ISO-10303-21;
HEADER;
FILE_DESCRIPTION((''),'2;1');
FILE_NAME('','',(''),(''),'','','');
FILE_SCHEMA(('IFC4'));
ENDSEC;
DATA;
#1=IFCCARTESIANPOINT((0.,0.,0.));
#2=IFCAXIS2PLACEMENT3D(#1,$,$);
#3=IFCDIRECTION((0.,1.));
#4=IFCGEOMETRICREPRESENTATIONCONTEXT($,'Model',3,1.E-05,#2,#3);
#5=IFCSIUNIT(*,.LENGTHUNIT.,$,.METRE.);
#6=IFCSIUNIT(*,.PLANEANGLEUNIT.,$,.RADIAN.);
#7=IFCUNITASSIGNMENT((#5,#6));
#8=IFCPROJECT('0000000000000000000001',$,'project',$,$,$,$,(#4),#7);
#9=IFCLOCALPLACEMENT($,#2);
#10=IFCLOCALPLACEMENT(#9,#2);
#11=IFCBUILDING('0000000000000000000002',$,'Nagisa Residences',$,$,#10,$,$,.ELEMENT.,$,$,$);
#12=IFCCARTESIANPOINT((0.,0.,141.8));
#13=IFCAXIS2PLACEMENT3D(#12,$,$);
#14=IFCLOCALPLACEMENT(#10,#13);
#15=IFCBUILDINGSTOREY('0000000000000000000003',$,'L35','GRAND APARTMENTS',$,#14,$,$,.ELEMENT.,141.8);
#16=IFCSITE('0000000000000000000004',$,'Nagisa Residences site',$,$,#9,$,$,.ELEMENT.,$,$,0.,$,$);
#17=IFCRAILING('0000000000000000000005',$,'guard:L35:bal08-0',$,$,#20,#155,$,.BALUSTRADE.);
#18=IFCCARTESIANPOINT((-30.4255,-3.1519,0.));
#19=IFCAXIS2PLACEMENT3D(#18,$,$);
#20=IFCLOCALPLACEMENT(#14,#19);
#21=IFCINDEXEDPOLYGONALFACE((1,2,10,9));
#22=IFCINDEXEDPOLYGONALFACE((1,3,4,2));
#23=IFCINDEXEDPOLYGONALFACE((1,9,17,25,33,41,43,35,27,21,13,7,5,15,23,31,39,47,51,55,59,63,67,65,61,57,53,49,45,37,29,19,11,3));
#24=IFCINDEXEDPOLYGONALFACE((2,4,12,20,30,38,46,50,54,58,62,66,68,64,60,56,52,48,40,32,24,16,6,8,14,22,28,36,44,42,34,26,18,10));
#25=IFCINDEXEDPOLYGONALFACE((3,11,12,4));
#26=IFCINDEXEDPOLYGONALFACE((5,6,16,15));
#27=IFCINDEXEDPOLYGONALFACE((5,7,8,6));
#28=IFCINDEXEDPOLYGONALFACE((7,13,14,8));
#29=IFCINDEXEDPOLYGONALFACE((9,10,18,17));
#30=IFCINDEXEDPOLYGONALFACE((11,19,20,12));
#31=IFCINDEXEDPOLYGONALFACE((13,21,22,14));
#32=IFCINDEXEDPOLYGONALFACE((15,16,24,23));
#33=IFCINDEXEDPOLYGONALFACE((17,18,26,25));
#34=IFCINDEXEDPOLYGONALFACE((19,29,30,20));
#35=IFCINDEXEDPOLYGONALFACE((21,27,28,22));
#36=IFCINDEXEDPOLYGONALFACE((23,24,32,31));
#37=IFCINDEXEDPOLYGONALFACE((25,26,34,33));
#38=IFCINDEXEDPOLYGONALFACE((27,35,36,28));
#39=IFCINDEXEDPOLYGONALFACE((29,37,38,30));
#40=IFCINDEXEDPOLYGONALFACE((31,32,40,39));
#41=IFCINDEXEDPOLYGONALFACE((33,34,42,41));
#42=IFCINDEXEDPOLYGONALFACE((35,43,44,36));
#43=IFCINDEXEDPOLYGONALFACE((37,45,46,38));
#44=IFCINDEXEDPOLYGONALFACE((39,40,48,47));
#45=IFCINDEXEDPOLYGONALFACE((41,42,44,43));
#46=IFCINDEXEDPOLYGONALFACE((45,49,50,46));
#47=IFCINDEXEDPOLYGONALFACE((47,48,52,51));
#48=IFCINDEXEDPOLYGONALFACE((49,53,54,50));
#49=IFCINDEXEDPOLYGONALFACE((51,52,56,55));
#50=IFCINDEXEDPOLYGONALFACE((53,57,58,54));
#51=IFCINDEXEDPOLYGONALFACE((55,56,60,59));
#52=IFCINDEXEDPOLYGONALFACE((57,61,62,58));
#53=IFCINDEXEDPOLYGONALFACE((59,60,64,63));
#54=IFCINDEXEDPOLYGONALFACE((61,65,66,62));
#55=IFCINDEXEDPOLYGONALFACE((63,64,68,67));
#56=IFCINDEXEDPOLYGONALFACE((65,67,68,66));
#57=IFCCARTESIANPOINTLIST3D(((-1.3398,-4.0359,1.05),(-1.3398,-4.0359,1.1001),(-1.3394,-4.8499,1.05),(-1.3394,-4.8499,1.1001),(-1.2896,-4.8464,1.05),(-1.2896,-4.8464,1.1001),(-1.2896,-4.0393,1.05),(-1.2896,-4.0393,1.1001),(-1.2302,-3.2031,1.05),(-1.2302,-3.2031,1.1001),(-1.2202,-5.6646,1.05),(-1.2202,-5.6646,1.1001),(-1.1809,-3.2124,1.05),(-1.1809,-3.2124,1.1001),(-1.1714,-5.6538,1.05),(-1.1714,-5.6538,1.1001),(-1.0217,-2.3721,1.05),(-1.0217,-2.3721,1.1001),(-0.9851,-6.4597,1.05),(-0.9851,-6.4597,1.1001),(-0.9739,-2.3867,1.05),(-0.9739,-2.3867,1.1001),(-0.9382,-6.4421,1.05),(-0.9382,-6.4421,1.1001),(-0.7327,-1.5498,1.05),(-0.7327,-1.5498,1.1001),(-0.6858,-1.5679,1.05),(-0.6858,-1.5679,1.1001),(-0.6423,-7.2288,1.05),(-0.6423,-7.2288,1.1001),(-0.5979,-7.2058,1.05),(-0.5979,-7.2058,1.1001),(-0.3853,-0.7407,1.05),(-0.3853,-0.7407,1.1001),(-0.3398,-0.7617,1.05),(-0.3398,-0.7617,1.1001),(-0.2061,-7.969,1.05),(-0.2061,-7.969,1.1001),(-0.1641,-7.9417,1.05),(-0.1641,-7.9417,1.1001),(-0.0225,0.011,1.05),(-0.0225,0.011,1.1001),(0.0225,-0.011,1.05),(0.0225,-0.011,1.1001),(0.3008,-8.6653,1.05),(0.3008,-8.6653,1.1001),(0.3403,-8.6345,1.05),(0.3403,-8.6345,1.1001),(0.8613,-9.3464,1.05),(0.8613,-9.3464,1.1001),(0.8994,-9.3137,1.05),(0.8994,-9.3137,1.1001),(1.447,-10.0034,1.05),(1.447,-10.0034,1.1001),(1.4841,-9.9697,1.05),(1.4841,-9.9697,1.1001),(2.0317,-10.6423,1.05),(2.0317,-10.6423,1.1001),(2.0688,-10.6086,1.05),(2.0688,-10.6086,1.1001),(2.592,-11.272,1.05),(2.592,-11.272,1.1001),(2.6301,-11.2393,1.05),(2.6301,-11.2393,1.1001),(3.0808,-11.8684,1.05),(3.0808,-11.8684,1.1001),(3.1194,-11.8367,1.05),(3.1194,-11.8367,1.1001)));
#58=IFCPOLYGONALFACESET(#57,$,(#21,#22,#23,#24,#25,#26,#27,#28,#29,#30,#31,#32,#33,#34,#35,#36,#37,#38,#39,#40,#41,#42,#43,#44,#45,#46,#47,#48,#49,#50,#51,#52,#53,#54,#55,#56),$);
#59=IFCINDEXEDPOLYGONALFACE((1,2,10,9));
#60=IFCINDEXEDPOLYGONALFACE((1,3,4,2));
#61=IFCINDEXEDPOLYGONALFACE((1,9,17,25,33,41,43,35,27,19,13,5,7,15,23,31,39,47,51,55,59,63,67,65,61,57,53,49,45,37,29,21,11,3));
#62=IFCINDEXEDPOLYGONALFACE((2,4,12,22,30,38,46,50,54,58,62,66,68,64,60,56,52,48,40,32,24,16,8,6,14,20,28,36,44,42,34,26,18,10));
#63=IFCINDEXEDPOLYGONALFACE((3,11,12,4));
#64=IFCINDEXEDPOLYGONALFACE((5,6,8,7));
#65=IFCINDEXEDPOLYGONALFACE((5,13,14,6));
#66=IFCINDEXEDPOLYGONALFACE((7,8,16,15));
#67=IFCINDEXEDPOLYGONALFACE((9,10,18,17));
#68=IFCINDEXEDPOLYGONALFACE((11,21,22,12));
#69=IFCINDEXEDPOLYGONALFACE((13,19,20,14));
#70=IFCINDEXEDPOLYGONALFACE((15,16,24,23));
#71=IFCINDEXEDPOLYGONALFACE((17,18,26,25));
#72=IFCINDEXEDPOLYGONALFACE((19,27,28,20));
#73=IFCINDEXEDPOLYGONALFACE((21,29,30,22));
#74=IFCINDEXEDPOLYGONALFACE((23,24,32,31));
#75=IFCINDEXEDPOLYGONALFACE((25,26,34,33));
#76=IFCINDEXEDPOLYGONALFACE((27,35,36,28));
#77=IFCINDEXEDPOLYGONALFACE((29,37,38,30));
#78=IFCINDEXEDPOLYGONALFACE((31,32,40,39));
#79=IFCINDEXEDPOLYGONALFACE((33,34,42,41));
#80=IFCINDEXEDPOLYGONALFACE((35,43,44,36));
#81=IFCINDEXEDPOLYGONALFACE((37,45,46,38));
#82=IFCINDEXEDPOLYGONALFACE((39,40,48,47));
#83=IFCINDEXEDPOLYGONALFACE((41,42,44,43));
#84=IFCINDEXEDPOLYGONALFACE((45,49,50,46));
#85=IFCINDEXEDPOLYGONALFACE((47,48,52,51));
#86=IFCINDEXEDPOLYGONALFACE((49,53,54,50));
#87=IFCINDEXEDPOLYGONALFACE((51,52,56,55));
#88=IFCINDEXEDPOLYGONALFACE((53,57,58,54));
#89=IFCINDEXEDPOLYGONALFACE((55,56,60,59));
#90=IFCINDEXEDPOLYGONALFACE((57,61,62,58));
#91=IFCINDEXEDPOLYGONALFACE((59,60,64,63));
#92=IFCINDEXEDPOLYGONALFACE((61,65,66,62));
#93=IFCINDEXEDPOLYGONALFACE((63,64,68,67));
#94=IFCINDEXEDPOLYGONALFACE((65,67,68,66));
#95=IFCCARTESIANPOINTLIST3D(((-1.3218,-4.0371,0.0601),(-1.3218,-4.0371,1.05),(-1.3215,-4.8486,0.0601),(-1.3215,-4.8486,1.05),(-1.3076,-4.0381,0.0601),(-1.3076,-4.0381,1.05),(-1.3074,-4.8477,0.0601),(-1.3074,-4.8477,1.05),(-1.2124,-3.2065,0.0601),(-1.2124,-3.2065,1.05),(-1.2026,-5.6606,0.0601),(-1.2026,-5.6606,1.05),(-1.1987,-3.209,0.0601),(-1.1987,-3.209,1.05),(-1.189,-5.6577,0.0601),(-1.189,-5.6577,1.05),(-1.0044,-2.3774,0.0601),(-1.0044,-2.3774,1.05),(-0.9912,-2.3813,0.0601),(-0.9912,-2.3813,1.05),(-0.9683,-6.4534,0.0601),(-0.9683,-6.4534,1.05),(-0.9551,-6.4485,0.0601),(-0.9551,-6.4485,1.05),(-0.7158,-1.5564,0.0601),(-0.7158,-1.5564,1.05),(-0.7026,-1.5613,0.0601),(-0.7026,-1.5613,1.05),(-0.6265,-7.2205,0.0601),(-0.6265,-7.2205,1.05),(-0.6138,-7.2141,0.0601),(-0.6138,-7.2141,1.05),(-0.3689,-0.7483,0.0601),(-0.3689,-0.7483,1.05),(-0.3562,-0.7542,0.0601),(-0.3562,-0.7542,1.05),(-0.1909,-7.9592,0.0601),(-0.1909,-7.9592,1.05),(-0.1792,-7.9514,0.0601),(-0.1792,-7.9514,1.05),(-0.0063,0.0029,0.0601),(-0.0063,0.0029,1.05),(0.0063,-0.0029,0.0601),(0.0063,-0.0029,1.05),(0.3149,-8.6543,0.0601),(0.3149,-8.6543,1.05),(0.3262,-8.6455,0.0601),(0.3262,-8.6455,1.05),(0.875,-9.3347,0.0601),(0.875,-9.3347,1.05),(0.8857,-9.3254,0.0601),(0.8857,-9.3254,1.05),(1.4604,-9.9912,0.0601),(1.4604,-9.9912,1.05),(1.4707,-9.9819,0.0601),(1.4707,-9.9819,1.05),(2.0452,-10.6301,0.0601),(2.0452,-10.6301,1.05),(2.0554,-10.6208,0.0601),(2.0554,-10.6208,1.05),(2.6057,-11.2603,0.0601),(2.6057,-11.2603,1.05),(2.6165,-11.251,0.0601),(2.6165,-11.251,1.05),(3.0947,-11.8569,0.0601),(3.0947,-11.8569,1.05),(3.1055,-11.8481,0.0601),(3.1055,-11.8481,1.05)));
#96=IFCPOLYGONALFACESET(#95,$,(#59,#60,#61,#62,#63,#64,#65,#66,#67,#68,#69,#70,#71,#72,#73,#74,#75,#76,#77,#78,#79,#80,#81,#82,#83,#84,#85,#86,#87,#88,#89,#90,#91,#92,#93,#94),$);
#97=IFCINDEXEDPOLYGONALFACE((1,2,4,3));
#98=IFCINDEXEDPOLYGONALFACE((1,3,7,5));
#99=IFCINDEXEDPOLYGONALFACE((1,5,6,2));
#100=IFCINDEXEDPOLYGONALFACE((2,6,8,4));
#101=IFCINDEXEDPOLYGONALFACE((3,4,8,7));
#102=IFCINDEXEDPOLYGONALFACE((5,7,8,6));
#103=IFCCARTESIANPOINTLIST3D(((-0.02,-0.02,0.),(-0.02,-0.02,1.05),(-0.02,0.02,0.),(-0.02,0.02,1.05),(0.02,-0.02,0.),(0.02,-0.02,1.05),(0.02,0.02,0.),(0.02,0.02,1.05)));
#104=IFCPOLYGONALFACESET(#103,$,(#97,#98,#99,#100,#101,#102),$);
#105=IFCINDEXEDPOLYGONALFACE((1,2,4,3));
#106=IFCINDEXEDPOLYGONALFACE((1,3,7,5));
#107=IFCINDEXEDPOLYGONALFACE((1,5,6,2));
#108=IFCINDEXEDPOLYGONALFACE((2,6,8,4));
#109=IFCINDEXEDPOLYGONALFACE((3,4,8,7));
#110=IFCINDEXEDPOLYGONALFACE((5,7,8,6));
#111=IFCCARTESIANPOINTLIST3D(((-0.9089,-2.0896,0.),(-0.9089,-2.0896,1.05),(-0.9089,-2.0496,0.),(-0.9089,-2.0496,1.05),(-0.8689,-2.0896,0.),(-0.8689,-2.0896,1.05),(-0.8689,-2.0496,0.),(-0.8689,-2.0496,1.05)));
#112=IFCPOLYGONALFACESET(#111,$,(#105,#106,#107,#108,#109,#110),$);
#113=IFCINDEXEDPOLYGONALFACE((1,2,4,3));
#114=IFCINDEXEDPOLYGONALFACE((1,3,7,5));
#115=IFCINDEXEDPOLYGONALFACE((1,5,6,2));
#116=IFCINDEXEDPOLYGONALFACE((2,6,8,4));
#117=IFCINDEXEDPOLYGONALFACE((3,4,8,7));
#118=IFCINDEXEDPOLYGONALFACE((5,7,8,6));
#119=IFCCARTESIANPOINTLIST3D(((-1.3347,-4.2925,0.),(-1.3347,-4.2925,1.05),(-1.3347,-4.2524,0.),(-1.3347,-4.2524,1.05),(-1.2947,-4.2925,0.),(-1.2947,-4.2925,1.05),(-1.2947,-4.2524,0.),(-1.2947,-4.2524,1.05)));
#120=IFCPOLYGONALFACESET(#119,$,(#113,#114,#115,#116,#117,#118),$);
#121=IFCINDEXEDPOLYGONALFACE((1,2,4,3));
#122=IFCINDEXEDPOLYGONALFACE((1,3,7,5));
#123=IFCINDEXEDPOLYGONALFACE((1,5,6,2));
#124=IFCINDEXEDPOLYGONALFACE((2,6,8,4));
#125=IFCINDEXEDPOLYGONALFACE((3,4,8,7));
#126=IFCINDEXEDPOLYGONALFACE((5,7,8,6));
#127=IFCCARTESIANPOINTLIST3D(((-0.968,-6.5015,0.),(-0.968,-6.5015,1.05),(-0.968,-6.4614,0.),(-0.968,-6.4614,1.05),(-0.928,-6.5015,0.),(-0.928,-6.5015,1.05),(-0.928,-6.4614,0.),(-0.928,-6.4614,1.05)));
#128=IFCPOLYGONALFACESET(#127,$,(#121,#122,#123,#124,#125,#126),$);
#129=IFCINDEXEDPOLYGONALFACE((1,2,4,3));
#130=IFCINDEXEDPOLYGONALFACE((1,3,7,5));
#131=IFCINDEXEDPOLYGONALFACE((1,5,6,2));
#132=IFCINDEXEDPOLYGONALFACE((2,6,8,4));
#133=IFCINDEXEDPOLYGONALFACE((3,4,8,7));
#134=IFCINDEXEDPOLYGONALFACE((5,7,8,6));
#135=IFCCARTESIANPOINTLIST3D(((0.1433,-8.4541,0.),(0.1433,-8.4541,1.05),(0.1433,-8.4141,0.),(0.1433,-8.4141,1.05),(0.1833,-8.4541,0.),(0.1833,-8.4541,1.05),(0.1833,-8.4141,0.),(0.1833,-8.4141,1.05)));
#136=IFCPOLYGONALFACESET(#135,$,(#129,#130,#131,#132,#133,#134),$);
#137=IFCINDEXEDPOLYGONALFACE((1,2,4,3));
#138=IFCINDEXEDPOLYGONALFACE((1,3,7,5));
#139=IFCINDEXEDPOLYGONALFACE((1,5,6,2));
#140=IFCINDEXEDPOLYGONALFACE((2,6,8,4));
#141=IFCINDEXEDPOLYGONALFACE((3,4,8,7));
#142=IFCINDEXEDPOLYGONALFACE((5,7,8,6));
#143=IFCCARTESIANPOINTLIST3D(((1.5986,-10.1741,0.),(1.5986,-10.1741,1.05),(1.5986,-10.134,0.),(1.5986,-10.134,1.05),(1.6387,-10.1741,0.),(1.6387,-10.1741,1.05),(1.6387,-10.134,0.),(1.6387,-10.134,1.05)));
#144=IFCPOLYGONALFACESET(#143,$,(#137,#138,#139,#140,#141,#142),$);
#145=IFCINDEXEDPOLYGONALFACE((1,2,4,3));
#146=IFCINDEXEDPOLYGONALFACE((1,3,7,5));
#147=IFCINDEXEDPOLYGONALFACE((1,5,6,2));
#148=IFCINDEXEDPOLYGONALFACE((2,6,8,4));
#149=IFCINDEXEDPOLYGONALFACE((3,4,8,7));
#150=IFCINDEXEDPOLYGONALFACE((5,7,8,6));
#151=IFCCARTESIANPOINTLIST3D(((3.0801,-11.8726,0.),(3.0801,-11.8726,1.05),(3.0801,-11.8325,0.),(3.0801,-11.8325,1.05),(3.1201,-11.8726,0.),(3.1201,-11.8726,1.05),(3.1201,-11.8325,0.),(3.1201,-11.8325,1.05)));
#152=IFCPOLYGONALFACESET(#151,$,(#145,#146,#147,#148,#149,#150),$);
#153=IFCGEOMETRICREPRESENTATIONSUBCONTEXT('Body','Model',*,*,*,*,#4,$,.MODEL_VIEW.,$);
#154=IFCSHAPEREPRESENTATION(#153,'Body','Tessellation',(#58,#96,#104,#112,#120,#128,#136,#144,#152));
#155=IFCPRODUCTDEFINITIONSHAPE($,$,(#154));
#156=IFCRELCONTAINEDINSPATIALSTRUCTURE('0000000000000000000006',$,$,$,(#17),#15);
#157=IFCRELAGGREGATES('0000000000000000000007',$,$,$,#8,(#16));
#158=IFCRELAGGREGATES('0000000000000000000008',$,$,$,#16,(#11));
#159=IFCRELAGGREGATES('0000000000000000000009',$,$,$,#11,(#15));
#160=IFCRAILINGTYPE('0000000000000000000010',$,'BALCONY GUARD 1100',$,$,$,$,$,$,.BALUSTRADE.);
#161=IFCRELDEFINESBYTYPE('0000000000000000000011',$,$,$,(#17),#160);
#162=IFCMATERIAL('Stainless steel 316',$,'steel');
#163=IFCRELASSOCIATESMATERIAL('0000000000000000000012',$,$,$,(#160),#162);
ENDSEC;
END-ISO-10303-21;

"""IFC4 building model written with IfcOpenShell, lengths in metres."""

from ifc_helpers import new_model, si_unit, direction, frame, origin, origin_2d, place, context, subcontext, project, spatial, polyline, rectangle, outline, extrude, material, type_object, element, save


model = new_model("IFC4")

# Units and contexts
model_context = context("Model", 3, precision=1e-05, world=origin(), true_north=direction((0.0, 1.0)))
body_context = subcontext(model_context, "Body", "Model", "MODEL_VIEW")
ifc_project = project(units=[si_unit("LENGTHUNIT", "METRE"), si_unit("PLANEANGLEUNIT", "RADIAN")], contexts=[model_context])

# Site, building, storey
site_placement = place(None, origin())
site = spatial("IfcSite", under=ifc_project, at=site_placement, Name="Nagisa Residences site", CompositionType="ELEMENT", RefElevation=0.0)
building_placement = place(site_placement, origin())
building = spatial("IfcBuilding", under=site, at=building_placement, Name="Nagisa Residences", CompositionType="ELEMENT")
storey_placement = place(building_placement, frame((0.0, 0.0, 141.8)))
storey = spatial("IfcBuildingStorey", under=building, at=storey_placement, Name="L35", Description="GRAND APARTMENTS", CompositionType="ELEMENT", Elevation=141.8)

# Railing
ifc_material_1 = material(Name="Stainless steel 316", Category="steel")
railing_type = type_object("IfcRailingType", Name="BALCONY GUARD 1100", PredefinedType="BALUSTRADE", material=ifc_material_1)
railing_placement = place(storey_placement, frame((-30.4255, -3.1519, 0.0)))
element("IfcRailing", 1, at=railing_placement, inside=storey, type_object=railing_type, Name="guard:L35:bal08-0", PredefinedType="BALUSTRADE", context=body_context, shape_type="SweptSolid", body=[
    extrude(outline(polyline([(-0.3398, -0.7617), (0.0225, -0.011), (-0.0225, 0.011), (-0.3853, -0.7407), (-0.7327, -1.5498), (-1.0217, -2.3721), (-1.2302, -3.2031), (-1.3398, -4.0359), (-1.3394, -4.8499), (-1.2202, -5.6646), (-0.9851, -6.4597), (-0.6423, -7.2288), (-0.2061, -7.969), (0.3008, -8.6653), (0.8613, -9.3464), (1.447, -10.0034), (2.0317, -10.6423), (2.592, -11.272), (3.0808, -11.8684), (3.1194, -11.8367), (2.6301, -11.2393), (2.0688, -10.6086), (1.4841, -9.9697), (0.8994, -9.3137), (0.3403, -8.6345), (-0.1641, -7.9417), (-0.5979, -7.2058), (-0.9382, -6.4421), (-1.1714, -5.6538), (-1.2896, -4.8464), (-1.2896, -4.0393), (-1.1809, -3.2124), (-0.9739, -2.3867), (-0.6858, -1.5679), (-0.3398, -0.7617)])), frame((0.0, 0.0, 1.05)), (0.0, 0.0, 1.0), 0.05),
    extrude(outline(polyline([(-0.3562, -0.7542), (0.0063, -0.0029), (-0.0063, 0.0029), (-0.3689, -0.7483), (-0.7158, -1.5564), (-1.0044, -2.3774), (-1.2124, -3.2065), (-1.3218, -4.0371), (-1.3215, -4.8486), (-1.2026, -5.6606), (-0.9683, -6.4534), (-0.6265, -7.2205), (-0.1909, -7.9592), (0.3149, -8.6543), (0.875, -9.3347), (1.4604, -9.9912), (2.0452, -10.6301), (2.6057, -11.2603), (3.0947, -11.8569), (3.1055, -11.8481), (2.6165, -11.251), (2.0554, -10.6208), (1.4707, -9.9819), (0.8857, -9.3254), (0.3262, -8.6455), (-0.1792, -7.9514), (-0.6138, -7.2141), (-0.9551, -6.4485), (-1.189, -5.6577), (-1.3074, -4.8477), (-1.3076, -4.0381), (-1.1987, -3.209), (-0.9912, -2.3813), (-0.7026, -1.5613), (-0.3562, -0.7542)])), frame((0.0, 0.0, 0.0601)), (0.0, 0.0, 1.0), 0.99),
    extrude(rectangle(XDim=0.04, YDim=0.04, at=origin_2d()), origin(), (0.0, 0.0, 1.0), 1.05),
    extrude(rectangle(XDim=0.04, YDim=0.04, at=origin_2d()), frame((-0.8889, -2.0696, 0.0)), (0.0, 0.0, 1.0), 1.05),
    extrude(rectangle(XDim=0.04, YDim=0.04, at=origin_2d()), frame((-1.3147, -4.2725, 0.0)), (0.0, 0.0, 1.0), 1.05),
    extrude(rectangle(XDim=0.04, YDim=0.04, at=origin_2d()), frame((-0.948, -6.4814, 0.0)), (0.0, 0.0, 1.0), 1.05),
    extrude(rectangle(XDim=0.04, YDim=0.04, at=origin_2d()), frame((0.1633, -8.4341, 0.0)), (0.0, 0.0, 1.0), 1.05),
    extrude(rectangle(XDim=0.04, YDim=0.04, at=origin_2d()), frame((1.6187, -10.1541, 0.0)), (0.0, 0.0, 1.0), 1.05),
    extrude(rectangle(XDim=0.04, YDim=0.04, at=origin_2d()), frame((3.1001, -11.8525, 0.0)), (0.0, 0.0, 1.0), 1.05),
])

save(model, "model.ifc")
